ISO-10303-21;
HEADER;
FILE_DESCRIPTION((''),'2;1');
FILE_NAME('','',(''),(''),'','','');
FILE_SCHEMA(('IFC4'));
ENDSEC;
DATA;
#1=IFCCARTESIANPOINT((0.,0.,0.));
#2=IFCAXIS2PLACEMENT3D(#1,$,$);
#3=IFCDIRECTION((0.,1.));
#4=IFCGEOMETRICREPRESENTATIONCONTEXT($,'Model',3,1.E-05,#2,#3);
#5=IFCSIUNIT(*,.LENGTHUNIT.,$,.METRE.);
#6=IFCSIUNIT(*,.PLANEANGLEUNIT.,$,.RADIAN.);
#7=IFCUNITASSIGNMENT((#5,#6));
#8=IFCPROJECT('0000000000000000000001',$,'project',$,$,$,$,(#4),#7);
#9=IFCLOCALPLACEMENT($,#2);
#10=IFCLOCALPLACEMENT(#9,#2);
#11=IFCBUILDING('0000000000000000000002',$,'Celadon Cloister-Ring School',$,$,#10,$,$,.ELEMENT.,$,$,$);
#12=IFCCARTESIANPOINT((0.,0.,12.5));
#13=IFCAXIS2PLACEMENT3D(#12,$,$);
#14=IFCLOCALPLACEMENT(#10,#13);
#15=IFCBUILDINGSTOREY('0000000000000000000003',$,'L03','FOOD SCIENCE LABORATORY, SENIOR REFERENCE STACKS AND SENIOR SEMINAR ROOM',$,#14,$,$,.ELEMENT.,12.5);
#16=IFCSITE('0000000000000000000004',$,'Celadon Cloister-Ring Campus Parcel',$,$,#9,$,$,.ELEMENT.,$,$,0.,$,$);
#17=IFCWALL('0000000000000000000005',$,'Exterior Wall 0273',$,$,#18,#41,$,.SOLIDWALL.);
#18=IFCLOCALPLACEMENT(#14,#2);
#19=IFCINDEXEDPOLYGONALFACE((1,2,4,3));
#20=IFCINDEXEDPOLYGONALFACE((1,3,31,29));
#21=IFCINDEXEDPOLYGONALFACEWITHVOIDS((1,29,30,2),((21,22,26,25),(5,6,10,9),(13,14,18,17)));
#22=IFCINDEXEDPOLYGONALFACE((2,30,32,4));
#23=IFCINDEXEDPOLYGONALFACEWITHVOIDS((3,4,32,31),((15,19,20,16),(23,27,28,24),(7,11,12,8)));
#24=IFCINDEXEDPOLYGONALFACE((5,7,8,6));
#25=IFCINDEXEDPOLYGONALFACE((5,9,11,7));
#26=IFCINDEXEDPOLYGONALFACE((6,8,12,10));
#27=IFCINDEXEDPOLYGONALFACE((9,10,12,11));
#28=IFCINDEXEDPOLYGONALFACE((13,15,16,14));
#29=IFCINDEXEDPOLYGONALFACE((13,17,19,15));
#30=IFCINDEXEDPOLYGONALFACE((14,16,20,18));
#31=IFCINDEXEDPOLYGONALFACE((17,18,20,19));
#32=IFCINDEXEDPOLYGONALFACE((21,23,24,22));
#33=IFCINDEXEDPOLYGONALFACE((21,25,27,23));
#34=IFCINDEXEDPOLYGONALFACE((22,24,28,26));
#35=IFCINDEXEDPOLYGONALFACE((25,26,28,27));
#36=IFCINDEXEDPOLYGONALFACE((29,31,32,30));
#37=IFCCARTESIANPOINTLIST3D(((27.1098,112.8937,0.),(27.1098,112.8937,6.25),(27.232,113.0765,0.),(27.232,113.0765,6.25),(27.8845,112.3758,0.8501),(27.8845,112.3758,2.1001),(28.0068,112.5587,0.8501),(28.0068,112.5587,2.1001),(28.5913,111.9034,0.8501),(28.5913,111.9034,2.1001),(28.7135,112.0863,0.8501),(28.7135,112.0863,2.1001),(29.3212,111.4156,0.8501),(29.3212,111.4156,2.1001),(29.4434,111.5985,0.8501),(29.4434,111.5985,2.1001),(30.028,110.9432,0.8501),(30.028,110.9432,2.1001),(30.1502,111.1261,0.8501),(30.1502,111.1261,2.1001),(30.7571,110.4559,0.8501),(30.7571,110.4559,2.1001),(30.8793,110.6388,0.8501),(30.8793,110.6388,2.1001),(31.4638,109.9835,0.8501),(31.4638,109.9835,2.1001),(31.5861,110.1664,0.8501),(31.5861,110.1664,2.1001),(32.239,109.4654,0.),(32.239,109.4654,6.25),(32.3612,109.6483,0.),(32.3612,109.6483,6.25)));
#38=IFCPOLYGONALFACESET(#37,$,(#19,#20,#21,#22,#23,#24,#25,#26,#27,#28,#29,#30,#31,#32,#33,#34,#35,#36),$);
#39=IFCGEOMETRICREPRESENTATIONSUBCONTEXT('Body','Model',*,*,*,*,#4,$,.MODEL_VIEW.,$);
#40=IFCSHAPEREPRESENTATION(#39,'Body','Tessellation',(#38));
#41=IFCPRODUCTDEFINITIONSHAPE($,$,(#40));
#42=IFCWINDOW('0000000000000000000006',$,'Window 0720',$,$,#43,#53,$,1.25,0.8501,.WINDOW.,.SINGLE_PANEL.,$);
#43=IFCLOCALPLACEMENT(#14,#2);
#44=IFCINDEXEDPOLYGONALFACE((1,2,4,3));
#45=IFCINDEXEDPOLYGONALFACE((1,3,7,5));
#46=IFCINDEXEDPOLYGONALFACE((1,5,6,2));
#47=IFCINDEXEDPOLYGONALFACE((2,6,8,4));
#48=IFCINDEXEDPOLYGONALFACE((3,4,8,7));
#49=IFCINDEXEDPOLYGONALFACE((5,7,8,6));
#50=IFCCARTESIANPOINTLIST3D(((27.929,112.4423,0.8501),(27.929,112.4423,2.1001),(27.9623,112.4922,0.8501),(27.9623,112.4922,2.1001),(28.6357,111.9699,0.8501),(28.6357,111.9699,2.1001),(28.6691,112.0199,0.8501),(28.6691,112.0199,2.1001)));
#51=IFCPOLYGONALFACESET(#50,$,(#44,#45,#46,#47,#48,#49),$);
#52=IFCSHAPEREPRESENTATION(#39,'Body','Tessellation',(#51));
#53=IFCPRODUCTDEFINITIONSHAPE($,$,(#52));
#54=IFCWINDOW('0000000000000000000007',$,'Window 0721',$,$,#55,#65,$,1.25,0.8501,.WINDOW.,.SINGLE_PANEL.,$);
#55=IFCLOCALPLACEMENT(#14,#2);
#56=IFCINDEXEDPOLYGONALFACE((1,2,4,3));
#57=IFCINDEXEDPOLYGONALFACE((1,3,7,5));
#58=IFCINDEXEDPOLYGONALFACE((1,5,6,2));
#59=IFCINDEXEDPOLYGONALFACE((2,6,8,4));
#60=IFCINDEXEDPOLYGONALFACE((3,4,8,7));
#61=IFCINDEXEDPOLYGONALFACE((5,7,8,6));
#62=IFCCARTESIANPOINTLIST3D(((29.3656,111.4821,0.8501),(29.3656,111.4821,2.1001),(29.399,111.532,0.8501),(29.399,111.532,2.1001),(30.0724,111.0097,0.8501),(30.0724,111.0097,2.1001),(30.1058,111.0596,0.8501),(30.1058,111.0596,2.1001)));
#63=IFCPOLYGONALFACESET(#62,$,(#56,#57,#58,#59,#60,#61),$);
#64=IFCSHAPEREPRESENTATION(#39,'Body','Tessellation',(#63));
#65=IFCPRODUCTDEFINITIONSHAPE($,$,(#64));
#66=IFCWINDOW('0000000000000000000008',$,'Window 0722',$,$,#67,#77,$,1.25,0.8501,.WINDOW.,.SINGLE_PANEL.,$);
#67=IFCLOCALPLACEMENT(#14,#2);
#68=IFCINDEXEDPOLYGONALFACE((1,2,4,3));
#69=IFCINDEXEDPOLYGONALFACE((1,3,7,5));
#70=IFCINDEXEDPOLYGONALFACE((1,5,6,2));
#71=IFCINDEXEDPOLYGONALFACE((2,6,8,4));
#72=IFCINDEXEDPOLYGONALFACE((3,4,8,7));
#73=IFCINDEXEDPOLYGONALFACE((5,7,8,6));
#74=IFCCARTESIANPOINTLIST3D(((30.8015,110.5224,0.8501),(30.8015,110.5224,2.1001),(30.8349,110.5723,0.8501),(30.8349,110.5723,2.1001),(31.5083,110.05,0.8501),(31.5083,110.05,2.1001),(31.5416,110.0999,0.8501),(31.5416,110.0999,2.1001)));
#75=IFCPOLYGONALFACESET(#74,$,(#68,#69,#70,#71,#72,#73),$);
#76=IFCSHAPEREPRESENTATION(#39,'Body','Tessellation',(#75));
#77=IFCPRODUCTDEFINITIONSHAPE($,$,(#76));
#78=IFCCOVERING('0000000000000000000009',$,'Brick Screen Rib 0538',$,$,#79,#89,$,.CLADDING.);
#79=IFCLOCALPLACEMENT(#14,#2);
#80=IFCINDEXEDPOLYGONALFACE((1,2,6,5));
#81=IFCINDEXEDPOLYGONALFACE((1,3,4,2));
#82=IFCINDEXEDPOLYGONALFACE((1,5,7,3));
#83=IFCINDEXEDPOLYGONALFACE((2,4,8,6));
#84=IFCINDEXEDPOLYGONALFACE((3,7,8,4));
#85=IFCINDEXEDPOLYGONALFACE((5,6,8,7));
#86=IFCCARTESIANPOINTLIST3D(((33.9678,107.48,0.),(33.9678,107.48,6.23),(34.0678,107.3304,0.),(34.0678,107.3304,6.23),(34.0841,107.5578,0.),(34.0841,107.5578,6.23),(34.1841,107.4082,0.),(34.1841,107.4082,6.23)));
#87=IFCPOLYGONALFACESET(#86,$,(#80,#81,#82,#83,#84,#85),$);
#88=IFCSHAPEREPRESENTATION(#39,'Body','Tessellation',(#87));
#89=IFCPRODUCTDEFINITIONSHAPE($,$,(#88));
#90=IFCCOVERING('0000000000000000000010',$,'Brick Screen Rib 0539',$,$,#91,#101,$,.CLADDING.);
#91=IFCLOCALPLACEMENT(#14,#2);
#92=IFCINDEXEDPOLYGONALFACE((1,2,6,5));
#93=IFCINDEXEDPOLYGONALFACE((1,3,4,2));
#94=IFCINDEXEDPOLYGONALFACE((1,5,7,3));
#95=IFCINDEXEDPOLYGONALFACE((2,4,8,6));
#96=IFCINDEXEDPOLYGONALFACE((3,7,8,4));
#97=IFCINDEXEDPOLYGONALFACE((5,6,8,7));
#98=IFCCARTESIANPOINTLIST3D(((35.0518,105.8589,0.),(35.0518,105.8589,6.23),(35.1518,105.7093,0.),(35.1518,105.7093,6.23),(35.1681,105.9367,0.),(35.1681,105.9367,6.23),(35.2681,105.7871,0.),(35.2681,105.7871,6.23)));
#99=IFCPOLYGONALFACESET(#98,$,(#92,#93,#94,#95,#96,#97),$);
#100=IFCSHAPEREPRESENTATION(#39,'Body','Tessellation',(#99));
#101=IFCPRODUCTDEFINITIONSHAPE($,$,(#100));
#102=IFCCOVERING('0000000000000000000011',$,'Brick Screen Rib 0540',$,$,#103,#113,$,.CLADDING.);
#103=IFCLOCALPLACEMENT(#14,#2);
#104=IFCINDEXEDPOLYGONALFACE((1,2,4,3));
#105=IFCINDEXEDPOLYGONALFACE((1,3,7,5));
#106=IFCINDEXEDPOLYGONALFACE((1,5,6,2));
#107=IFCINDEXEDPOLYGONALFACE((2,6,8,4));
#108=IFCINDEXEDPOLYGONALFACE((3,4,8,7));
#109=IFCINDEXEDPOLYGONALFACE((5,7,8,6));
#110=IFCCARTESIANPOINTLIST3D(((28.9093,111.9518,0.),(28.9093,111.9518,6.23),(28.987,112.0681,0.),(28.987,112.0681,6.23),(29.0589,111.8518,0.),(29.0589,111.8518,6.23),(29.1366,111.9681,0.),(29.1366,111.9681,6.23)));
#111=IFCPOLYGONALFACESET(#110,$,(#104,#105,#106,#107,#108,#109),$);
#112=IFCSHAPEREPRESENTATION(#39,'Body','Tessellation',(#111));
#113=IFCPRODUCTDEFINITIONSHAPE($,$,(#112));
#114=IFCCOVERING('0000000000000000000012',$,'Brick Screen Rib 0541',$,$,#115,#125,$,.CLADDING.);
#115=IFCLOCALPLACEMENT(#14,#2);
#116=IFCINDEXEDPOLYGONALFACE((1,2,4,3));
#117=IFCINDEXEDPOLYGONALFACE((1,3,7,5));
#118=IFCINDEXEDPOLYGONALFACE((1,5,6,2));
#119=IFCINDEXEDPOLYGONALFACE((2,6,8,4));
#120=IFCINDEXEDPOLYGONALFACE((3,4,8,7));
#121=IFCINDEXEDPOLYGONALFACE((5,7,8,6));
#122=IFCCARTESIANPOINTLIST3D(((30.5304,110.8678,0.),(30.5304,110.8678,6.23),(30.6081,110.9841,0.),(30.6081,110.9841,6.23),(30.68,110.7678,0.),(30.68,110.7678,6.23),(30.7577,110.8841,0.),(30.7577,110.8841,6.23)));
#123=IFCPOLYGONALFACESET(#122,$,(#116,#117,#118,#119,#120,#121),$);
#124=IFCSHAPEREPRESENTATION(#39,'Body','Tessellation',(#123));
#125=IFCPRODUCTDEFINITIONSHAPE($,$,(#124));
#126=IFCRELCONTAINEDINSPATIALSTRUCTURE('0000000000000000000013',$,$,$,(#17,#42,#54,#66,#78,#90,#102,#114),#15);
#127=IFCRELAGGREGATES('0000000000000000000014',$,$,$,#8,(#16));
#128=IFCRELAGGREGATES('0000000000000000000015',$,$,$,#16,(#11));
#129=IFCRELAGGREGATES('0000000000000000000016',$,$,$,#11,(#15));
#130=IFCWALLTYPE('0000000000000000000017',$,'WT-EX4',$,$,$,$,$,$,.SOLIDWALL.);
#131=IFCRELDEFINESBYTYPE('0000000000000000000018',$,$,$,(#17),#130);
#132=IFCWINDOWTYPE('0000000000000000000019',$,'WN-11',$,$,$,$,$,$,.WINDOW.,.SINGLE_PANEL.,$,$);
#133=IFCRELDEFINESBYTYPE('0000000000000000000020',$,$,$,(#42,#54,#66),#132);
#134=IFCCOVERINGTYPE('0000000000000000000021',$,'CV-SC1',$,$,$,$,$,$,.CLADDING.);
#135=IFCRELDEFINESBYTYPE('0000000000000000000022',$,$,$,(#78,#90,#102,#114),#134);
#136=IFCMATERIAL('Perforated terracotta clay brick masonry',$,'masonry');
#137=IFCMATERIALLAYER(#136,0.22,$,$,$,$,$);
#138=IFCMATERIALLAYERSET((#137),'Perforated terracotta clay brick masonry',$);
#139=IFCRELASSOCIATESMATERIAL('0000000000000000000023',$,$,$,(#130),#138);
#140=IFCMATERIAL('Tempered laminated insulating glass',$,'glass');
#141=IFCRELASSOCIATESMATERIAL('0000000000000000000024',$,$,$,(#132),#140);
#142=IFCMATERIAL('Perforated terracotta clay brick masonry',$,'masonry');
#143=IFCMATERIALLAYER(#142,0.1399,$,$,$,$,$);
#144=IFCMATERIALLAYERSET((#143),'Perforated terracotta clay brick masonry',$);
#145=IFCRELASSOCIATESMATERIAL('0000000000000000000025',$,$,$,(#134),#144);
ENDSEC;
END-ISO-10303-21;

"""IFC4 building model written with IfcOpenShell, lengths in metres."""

from ifc_helpers import new_model, si_unit, direction, frame, frame_2d, origin, origin_2d, place, context, subcontext, project, spatial, rectangle, extrude, material, layer, layer_set, type_object, element, fill, save


model = new_model("IFC4")

# Units and contexts
model_context = context("Model", 3, precision=1e-05, world=origin(), true_north=direction((0.0, 1.0)))
body_context = subcontext(model_context, "Body", "Model", "MODEL_VIEW")
ifc_project = project(units=[si_unit("LENGTHUNIT", "METRE"), si_unit("PLANEANGLEUNIT", "RADIAN")], contexts=[model_context])

# Site, building, storey
site_placement = place(None, origin())
site = spatial("IfcSite", under=ifc_project, at=site_placement, Name="Celadon Cloister-Ring Campus Parcel", CompositionType="ELEMENT", RefElevation=0.0)
building_placement = place(site_placement, origin())
building = spatial("IfcBuilding", under=site, at=building_placement, Name="Celadon Cloister-Ring School", CompositionType="ELEMENT")
storey_placement = place(building_placement, frame((0.0, 0.0, 12.5)))
storey = spatial("IfcBuildingStorey", under=building, at=storey_placement, Name="L03", Description="FOOD SCIENCE LABORATORY, SENIOR REFERENCE STACKS AND SENIOR SEMINAR ROOM", CompositionType="ELEMENT", Elevation=12.5)

# Wall, openings, windows
ifc_material_1 = material(Name="Perforated terracotta clay brick masonry", Category="masonry")
ifc_layer_1 = layer(ifc_material_1, 0.22)
ifc_layer_set_1 = layer_set([ifc_layer_1], Name="Perforated terracotta clay brick masonry")
wall_type = type_object("IfcWallType", Name="WT-EX4", PredefinedType="SOLIDWALL", material=ifc_layer_set_1)
ifc_material_2 = material(Name="Tempered laminated insulating glass", Category="glass")
window_type = type_object("IfcWindowType", Name="WN-11", PartitioningType="SINGLE_PANEL", PredefinedType="WINDOW", material=ifc_material_2)
wall_1_placement = place(storey_placement, frame((27.1709, 112.9851, 0.0), z_axis=(0.0, 0.0, 1.0), x_axis=(0.831392, -0.555686, 0.0)))
wall_1 = element("IfcWall", 1, at=wall_1_placement, inside=storey, type_object=wall_type, Name="Exterior Wall 0273", PredefinedType="SOLIDWALL", context=body_context, shape_type="SweptSolid", body=[
    extrude(rectangle(XDim=6.1694, YDim=0.22, at=frame_2d((3.0847, 0.0))), origin(), (0.0, 0.0, 1.0), 6.25),
])
opening_1_placement = place(wall_1_placement, frame((0.9319, 0.0, 0.8501)))
opening_1 = element("IfcOpeningElement", 2, at=opening_1_placement, cuts=wall_1, PredefinedType="OPENING", context=body_context, shape_type="SweptSolid", body=[
    extrude(rectangle(XDim=0.8501, YDim=1.25, at=frame_2d((0.425, 0.625))), frame((0.0, 0.1201, 0.0), z_axis=(0.0, -1.0, 0.0), x_axis=(1.0, 0.0, 0.0)), (0.0, 0.0, 1.0), 0.24),
])
opening_2_placement = place(wall_1_placement, frame((2.6599, 0.0, 0.8501)))
opening_2 = element("IfcOpeningElement", 3, at=opening_2_placement, cuts=wall_1, PredefinedType="OPENING", context=body_context, shape_type="SweptSolid", body=[
    extrude(rectangle(XDim=0.8501, YDim=1.25, at=frame_2d((0.425, 0.625))), frame((0.0, 0.1201, 0.0), z_axis=(0.0, -1.0, 0.0), x_axis=(1.0, 0.0, 0.0)), (0.0, 0.0, 1.0), 0.24),
])
opening_3_placement = place(wall_1_placement, frame((4.387, 0.0, 0.8501)))
opening_3 = element("IfcOpeningElement", 4, at=opening_3_placement, cuts=wall_1, PredefinedType="OPENING", context=body_context, shape_type="SweptSolid", body=[
    extrude(rectangle(XDim=0.8501, YDim=1.25, at=frame_2d((0.425, 0.625))), frame((0.0, 0.1201, 0.0), z_axis=(0.0, -1.0, 0.0), x_axis=(1.0, 0.0, 0.0)), (0.0, 0.0, 1.0), 0.24),
])
window_1_placement = place(opening_1_placement, origin())
window_1 = element("IfcWindow", 5, at=window_1_placement, inside=storey, type_object=window_type, Name="Window 0720", OverallHeight=1.25, OverallWidth=0.8501, PartitioningType="SINGLE_PANEL", PredefinedType="WINDOW", context=body_context, shape_type="SweptSolid", body=[
    extrude(rectangle(XDim=0.8501, YDim=1.25, at=frame_2d((0.425, 0.625))), frame((0.0, 0.03, 0.0), z_axis=(0.0, -1.0, 0.0), x_axis=(1.0, 0.0, 0.0)), (0.0, 0.0, 1.0), 0.0601),
])
fill(opening_1, window_1)
window_2_placement = place(opening_2_placement, origin())
window_2 = element("IfcWindow", 6, at=window_2_placement, inside=storey, type_object=window_type, Name="Window 0721", OverallHeight=1.25, OverallWidth=0.8501, PartitioningType="SINGLE_PANEL", PredefinedType="WINDOW", context=body_context, shape_type="SweptSolid", body=[
    extrude(rectangle(XDim=0.8501, YDim=1.25, at=frame_2d((0.425, 0.625))), frame((0.0, 0.03, 0.0), z_axis=(0.0, -1.0, 0.0), x_axis=(1.0, 0.0, 0.0)), (0.0, 0.0, 1.0), 0.0601),
])
fill(opening_2, window_2)
window_3_placement = place(opening_3_placement, origin())
window_3 = element("IfcWindow", 7, at=window_3_placement, inside=storey, type_object=window_type, Name="Window 0722", OverallHeight=1.25, OverallWidth=0.8501, PartitioningType="SINGLE_PANEL", PredefinedType="WINDOW", context=body_context, shape_type="SweptSolid", body=[
    extrude(rectangle(XDim=0.8501, YDim=1.25, at=frame_2d((0.425, 0.625))), frame((0.0, 0.03, 0.0), z_axis=(0.0, -1.0, 0.0), x_axis=(1.0, 0.0, 0.0)), (0.0, 0.0, 1.0), 0.0601),
])
fill(opening_3, window_3)

# Coverings
ifc_material_3 = material(Name="Perforated terracotta clay brick masonry", Category="masonry")
ifc_layer_2 = layer(ifc_material_3, 0.1399)
ifc_layer_set_2 = layer_set([ifc_layer_2], Name="Perforated terracotta clay brick masonry")
covering_type = type_object("IfcCoveringType", Name="CV-SC1", PredefinedType="CLADDING", material=ifc_layer_set_2)
for number, where, z_axis, x_axis, name in (
    (8, (34.0759, 107.4441, 0.0), (0.0, 0.0, 1.0), (0.555672, -0.831402, 0.0), "Brick Screen Rib 0538"),
    (9, (35.1599, 105.823, 0.0), (0.0, 0.0, 1.0), (0.555672, -0.831402, 0.0), "Brick Screen Rib 0539"),
    (10, (29.0229, 111.96, 0.0), (0.0, 0.0, 1.0), (0.831402, -0.555672, 0.0), "Brick Screen Rib 0540"),
    (11, (30.644, 110.876, 0.0), (0.0, 0.0, 1.0), (0.831402, -0.555672, 0.0), "Brick Screen Rib 0541"),
):
    element("IfcCovering", number, at=place(storey_placement, frame(where, z_axis=z_axis, x_axis=x_axis)), inside=storey, type_object=covering_type, Name=name, PredefinedType="CLADDING", context=body_context, shape_type="SweptSolid", body=[
        extrude(rectangle(XDim=0.1799, YDim=0.1399, at=origin_2d()), origin(), (0.0, 0.0, 1.0), 6.23),
    ])

save(model, "model.ifc")
